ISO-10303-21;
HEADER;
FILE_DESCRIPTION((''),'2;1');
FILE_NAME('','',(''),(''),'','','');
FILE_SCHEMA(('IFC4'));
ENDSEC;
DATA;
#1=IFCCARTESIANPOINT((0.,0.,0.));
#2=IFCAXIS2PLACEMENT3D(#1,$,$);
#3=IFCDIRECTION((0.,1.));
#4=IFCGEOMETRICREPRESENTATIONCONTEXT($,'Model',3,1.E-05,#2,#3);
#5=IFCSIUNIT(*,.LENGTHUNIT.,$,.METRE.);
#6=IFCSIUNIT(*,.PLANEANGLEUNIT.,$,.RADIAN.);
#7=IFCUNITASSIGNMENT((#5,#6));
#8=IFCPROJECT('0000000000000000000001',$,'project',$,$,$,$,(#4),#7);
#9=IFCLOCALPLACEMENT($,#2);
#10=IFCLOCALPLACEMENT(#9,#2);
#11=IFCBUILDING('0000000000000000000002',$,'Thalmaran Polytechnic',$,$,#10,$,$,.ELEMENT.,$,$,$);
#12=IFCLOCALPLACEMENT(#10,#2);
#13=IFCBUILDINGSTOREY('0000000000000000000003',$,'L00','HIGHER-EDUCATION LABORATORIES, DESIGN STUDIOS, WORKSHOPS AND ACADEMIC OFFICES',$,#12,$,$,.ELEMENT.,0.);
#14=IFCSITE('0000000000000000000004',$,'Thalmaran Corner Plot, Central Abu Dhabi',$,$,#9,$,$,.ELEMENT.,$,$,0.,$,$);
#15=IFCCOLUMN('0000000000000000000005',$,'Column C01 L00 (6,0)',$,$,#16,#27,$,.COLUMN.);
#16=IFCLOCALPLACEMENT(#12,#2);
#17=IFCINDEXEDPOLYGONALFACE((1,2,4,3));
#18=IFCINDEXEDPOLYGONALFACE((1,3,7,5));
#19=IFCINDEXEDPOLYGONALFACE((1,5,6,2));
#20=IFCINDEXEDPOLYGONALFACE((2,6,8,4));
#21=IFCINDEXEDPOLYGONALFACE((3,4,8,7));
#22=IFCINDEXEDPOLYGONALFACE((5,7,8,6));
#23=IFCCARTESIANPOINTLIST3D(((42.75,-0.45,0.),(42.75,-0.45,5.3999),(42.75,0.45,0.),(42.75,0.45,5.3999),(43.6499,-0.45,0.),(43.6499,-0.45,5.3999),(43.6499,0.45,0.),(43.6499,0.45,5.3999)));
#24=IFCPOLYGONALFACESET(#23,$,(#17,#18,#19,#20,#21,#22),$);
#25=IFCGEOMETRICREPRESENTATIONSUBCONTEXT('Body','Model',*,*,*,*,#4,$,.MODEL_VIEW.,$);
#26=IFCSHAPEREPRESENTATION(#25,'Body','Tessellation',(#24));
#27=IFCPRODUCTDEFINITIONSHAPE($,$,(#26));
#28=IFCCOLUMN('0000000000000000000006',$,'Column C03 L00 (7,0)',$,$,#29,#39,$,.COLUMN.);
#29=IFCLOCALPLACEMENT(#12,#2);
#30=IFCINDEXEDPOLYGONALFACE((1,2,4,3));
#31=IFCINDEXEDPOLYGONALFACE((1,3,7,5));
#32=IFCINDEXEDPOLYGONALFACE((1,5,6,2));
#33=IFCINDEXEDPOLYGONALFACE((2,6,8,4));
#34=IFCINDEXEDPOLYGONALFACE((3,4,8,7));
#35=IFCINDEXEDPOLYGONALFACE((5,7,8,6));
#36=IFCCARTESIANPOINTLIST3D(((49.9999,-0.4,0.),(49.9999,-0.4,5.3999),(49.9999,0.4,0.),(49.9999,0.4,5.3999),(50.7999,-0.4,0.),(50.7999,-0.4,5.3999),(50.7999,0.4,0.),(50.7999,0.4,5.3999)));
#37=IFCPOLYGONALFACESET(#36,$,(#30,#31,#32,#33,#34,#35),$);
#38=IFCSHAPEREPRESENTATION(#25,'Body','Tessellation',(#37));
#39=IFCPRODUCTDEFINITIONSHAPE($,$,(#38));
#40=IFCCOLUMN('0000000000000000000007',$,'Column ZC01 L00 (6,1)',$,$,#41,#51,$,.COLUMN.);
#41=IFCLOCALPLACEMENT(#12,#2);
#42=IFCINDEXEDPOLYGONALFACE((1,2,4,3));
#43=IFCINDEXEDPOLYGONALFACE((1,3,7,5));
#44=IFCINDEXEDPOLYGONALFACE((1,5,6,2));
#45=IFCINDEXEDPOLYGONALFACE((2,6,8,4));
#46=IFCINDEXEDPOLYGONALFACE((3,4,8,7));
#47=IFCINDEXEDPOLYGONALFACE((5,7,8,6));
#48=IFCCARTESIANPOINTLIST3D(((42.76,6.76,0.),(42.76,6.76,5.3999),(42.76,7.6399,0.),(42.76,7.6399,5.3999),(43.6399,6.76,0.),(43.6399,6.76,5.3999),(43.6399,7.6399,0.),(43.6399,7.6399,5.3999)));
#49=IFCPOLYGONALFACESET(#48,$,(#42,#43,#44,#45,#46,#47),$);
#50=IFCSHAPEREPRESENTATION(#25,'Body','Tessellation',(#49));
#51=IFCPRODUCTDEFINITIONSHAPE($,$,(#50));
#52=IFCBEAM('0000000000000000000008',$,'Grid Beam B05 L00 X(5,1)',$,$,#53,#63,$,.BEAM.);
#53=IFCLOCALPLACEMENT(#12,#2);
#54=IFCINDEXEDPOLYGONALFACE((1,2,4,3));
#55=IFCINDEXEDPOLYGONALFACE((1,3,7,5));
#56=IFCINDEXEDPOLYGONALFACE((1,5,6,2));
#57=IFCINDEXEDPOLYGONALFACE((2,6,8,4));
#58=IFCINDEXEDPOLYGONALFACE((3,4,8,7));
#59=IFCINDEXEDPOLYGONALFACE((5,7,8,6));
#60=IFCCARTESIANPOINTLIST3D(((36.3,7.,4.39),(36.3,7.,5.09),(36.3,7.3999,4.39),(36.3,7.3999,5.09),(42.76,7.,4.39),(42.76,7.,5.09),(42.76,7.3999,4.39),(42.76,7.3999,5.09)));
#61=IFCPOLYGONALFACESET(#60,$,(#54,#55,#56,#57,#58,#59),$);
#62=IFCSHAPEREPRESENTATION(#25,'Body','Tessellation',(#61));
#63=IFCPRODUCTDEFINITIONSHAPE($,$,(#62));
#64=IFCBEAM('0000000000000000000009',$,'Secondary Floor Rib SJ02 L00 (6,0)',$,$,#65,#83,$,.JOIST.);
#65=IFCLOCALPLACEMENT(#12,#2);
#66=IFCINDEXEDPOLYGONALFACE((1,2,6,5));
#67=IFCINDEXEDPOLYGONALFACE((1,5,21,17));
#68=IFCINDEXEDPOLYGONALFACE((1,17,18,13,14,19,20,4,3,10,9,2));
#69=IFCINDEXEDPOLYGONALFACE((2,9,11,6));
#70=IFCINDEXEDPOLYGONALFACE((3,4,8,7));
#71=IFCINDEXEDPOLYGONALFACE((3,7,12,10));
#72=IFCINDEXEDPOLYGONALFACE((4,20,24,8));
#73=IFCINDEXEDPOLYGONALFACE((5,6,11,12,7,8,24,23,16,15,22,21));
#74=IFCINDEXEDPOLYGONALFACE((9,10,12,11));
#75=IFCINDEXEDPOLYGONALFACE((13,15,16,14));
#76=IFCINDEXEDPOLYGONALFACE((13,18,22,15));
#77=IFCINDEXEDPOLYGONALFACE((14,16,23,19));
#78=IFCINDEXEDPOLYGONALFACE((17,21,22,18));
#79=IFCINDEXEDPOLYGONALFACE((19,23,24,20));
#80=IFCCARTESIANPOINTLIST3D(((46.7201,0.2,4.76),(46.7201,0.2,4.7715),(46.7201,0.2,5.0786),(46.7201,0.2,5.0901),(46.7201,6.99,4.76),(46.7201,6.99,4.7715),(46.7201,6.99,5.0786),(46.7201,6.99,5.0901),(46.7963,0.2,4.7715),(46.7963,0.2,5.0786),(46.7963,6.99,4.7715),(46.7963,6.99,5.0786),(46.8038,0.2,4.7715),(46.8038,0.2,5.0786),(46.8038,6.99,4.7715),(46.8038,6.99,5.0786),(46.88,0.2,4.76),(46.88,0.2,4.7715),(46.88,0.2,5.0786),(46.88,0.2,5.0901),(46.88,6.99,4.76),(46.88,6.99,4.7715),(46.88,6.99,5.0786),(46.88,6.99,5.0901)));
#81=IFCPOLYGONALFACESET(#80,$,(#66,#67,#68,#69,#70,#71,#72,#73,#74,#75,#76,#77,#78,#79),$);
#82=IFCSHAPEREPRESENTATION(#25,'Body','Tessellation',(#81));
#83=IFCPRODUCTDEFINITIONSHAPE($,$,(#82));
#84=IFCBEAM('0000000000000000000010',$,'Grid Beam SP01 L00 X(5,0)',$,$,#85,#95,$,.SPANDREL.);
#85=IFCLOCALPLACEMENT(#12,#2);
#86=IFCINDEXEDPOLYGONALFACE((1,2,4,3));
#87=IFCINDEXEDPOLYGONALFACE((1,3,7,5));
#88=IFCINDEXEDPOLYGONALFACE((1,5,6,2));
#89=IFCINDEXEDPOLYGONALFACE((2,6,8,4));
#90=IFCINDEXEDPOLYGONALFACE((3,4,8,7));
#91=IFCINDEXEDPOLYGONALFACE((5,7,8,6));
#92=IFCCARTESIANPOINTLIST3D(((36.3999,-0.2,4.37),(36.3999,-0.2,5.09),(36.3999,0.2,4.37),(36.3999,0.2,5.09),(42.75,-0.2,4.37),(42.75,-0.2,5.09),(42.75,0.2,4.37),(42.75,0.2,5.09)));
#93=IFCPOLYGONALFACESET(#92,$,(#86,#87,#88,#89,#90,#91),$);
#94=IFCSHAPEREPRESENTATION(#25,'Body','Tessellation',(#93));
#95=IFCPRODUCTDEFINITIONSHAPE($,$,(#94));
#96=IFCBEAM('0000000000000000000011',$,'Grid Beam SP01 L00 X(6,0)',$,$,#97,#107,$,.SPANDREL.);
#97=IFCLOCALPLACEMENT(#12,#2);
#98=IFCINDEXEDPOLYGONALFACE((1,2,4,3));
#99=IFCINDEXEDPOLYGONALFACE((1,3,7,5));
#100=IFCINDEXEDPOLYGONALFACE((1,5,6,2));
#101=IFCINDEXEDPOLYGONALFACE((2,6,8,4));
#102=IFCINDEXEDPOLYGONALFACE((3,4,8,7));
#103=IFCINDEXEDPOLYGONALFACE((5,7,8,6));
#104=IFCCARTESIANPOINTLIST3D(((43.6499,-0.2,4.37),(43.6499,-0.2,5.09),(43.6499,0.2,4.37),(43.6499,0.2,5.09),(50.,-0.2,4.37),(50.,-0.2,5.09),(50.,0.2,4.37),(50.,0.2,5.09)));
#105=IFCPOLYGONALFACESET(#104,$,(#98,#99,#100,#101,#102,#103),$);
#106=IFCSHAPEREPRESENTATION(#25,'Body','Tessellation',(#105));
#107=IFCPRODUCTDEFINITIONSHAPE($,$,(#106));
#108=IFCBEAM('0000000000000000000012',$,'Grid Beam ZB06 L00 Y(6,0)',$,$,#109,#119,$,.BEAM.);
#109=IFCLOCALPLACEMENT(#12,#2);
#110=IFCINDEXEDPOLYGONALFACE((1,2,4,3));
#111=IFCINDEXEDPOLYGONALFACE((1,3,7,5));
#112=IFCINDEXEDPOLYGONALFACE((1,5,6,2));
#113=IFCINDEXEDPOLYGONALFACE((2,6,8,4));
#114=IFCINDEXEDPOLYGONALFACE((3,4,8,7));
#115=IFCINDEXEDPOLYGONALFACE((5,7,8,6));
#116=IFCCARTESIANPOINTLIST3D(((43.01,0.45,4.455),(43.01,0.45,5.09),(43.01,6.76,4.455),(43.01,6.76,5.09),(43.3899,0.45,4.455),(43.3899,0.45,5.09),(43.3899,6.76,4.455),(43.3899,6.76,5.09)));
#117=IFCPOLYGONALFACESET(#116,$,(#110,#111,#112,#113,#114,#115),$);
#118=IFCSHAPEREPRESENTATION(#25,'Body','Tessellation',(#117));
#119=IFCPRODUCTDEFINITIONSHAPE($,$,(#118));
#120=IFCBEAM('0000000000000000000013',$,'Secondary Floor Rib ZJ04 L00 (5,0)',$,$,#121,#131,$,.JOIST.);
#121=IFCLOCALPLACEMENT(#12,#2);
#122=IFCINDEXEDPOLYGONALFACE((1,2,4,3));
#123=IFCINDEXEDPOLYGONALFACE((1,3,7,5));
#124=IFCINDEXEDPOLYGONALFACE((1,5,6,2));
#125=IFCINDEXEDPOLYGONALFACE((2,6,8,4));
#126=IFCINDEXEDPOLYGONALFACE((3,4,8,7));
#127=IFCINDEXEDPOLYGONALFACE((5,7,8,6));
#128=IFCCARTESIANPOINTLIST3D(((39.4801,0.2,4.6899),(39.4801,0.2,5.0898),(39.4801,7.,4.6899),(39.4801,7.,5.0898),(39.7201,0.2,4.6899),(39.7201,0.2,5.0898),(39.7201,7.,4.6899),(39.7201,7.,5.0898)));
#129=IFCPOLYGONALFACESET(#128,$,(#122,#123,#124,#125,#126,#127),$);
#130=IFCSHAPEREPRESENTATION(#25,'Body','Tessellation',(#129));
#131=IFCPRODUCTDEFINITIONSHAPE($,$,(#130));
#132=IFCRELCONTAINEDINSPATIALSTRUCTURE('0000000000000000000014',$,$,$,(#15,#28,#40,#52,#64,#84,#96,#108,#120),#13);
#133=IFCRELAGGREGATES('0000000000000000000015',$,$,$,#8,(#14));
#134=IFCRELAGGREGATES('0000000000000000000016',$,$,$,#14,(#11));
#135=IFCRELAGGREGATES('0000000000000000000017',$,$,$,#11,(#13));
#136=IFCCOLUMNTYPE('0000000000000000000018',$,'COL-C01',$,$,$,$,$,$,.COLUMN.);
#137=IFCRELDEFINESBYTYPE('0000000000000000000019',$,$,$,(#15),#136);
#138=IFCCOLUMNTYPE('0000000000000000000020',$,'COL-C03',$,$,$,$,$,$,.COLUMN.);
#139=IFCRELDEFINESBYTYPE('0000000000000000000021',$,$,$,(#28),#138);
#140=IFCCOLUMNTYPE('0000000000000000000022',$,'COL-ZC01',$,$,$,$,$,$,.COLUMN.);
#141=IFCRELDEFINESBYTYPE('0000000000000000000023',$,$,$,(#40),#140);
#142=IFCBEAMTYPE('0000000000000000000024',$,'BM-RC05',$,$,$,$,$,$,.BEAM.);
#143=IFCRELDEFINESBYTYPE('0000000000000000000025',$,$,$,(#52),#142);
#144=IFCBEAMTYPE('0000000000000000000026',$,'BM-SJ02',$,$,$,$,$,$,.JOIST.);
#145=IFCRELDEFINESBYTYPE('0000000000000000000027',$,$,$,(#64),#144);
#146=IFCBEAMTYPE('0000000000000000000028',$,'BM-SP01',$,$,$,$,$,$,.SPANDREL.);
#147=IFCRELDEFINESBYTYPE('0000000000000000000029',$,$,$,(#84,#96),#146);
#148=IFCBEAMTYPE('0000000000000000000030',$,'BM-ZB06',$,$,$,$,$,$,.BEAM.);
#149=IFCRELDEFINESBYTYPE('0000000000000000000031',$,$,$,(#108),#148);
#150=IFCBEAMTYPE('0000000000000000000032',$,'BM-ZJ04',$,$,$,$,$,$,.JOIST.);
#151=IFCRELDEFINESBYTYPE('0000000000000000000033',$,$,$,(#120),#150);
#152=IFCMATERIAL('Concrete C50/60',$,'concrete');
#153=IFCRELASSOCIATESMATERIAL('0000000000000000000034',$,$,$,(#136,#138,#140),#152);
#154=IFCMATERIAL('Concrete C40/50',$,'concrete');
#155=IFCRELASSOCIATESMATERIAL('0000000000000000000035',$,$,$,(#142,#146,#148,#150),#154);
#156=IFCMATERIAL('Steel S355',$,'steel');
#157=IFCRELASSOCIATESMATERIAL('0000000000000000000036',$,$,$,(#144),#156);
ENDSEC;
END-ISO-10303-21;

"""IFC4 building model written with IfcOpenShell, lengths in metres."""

from ifc_helpers import new_model, si_unit, direction, frame, origin, origin_2d, place, context, subcontext, project, spatial, rectangle, i_section, extrude, material, material_profile, profile_set, type_object, element, save


model = new_model("IFC4")

# Units and contexts
model_context = context("Model", 3, precision=1e-05, world=origin(), true_north=direction((0.0, 1.0)))
body_context = subcontext(model_context, "Body", "Model", "MODEL_VIEW")
ifc_project = project(units=[si_unit("LENGTHUNIT", "METRE"), si_unit("PLANEANGLEUNIT", "RADIAN")], contexts=[model_context])

# Site, building, storey
site_placement = place(None, origin())
site = spatial("IfcSite", under=ifc_project, at=site_placement, Name="Thalmaran Corner Plot, Central Abu Dhabi", CompositionType="ELEMENT", RefElevation=0.0)
building_placement = place(site_placement, origin())
building = spatial("IfcBuilding", under=site, at=building_placement, Name="Thalmaran Polytechnic", CompositionType="ELEMENT")
storey_placement = place(building_placement, origin())
storey = spatial("IfcBuildingStorey", under=building, at=storey_placement, Name="L00", Description="HIGHER-EDUCATION LABORATORIES, DESIGN STUDIOS, WORKSHOPS AND ACADEMIC OFFICES", CompositionType="ELEMENT", Elevation=0.0)

# Columns
ifc_material_1 = material(Name="Concrete C50/60", Category="concrete")
ifc_material_profile_1 = material_profile(ifc_material_1, rectangle(XDim=0.8999, YDim=0.8999, at=origin_2d()), Name="RC 900x900")
ifc_profile_set_1 = profile_set([ifc_material_profile_1], Name="Concrete C50/60")
column_type_1 = type_object("IfcColumnType", Name="COL-C01", PredefinedType="COLUMN", material=ifc_profile_set_1)
column_1_placement = place(storey_placement, frame((43.2, 0.0, 0.0), z_axis=(0.0, 0.0, 1.0), x_axis=(1.0, 0.0, 0.0)))
element("IfcColumn", 1, at=column_1_placement, inside=storey, type_object=column_type_1, Name="Column C01 L00 (6,0)", PredefinedType="COLUMN", context=body_context, shape_type="SweptSolid", body=[
    extrude(rectangle(XDim=0.8999, YDim=0.8999, at=origin_2d()), origin(), (0.0, 0.0, 1.0), 5.3999),
])
ifc_material_profile_2 = material_profile(ifc_material_1, rectangle(XDim=0.8, YDim=0.8, at=origin_2d()), Name="RC 800x800")
ifc_profile_set_2 = profile_set([ifc_material_profile_2], Name="Concrete C50/60")
column_type_2 = type_object("IfcColumnType", Name="COL-C03", PredefinedType="COLUMN", material=ifc_profile_set_2)
column_2_placement = place(storey_placement, frame((50.3999, 0.0, 0.0), z_axis=(0.0, 0.0, 1.0), x_axis=(1.0, 0.0, 0.0)))
element("IfcColumn", 2, at=column_2_placement, inside=storey, type_object=column_type_2, Name="Column C03 L00 (7,0)", PredefinedType="COLUMN", context=body_context, shape_type="SweptSolid", body=[
    extrude(rectangle(XDim=0.8, YDim=0.8, at=origin_2d()), origin(), (0.0, 0.0, 1.0), 5.3999),
])
ifc_material_profile_3 = material_profile(ifc_material_1, rectangle(XDim=0.8799, YDim=0.8799, at=origin_2d()), Name="RC 880x880")
ifc_profile_set_3 = profile_set([ifc_material_profile_3], Name="Concrete C50/60")
column_type_3 = type_object("IfcColumnType", Name="COL-ZC01", PredefinedType="COLUMN", material=ifc_profile_set_3)
column_3_placement = place(storey_placement, frame((43.2, 7.2, 0.0), z_axis=(0.0, 0.0, 1.0), x_axis=(1.0, 0.0, 0.0)))
element("IfcColumn", 3, at=column_3_placement, inside=storey, type_object=column_type_3, Name="Column ZC01 L00 (6,1)", PredefinedType="COLUMN", context=body_context, shape_type="SweptSolid", body=[
    extrude(rectangle(XDim=0.8799, YDim=0.8799, at=origin_2d()), origin(), (0.0, 0.0, 1.0), 5.3999),
])

# Beams
ifc_material_2 = material(Name="Concrete C40/50", Category="concrete")
ifc_material_profile_4 = material_profile(ifc_material_2, rectangle(XDim=0.3999, YDim=0.7, at=origin_2d()), Name="RC 400x700")
ifc_profile_set_4 = profile_set([ifc_material_profile_4], Name="Concrete C40/50")
beam_type_1 = type_object("IfcBeamType", Name="BM-RC05", PredefinedType="BEAM", material=ifc_profile_set_4)
beam_1_placement = place(storey_placement, frame((36.3, 7.2, 4.74), z_axis=(1.0, 0.0, 0.0), x_axis=(0.0, 1.0, 0.0)))
element("IfcBeam", 4, at=beam_1_placement, inside=storey, type_object=beam_type_1, Name="Grid Beam B05 L00 X(5,1)", PredefinedType="BEAM", context=body_context, shape_type="SweptSolid", body=[
    extrude(rectangle(XDim=0.3999, YDim=0.7, at=origin_2d()), origin(), (0.0, 0.0, 1.0), 6.46),
])
ifc_material_3 = material(Name="Steel S355", Category="steel")
ifc_material_profile_5 = material_profile(ifc_material_3, i_section(OverallWidth=0.1599, OverallDepth=0.3301, WebThickness=0.0076, FlangeThickness=0.0115, at=origin_2d()), Name="IPE 330")
ifc_profile_set_5 = profile_set([ifc_material_profile_5], Name="Steel S355")
beam_type_2 = type_object("IfcBeamType", Name="BM-SJ02", PredefinedType="JOIST", material=ifc_profile_set_5)
beam_2_placement = place(storey_placement, frame((46.8, 0.2, 4.925), z_axis=(0.0, 1.0, 0.0), x_axis=(-1.0, 0.0, 0.0)))
element("IfcBeam", 5, at=beam_2_placement, inside=storey, type_object=beam_type_2, Name="Secondary Floor Rib SJ02 L00 (6,0)", PredefinedType="JOIST", context=body_context, shape_type="SweptSolid", body=[
    extrude(i_section(OverallWidth=0.1599, OverallDepth=0.3301, WebThickness=0.0076, FlangeThickness=0.0115, at=origin_2d()), origin(), (0.0, 0.0, 1.0), 6.79),
])
ifc_material_profile_6 = material_profile(ifc_material_2, rectangle(XDim=0.3999, YDim=0.72, at=origin_2d()), Name="RC 400x720")
ifc_profile_set_6 = profile_set([ifc_material_profile_6], Name="Concrete C40/50")
beam_type_3 = type_object("IfcBeamType", Name="BM-SP01", PredefinedType="SPANDREL", material=ifc_profile_set_6)
for number, where, z_axis, x_axis, name in (
    (6, (36.3999, 0.0, 4.73), (1.0, 0.0, 0.0), (0.0, 1.0, 0.0), "Grid Beam SP01 L00 X(5,0)"),
    (7, (43.6499, 0.0, 4.73), (1.0, 0.0, 0.0), (0.0, 1.0, 0.0), "Grid Beam SP01 L00 X(6,0)"),
):
    element("IfcBeam", number, at=place(storey_placement, frame(where, z_axis=z_axis, x_axis=x_axis)), inside=storey, type_object=beam_type_3, Name=name, PredefinedType="SPANDREL", context=body_context, shape_type="SweptSolid", body=[
        extrude(rectangle(XDim=0.3999, YDim=0.72, at=origin_2d()), origin(), (0.0, 0.0, 1.0), 6.3501),
    ])
ifc_material_profile_7 = material_profile(ifc_material_2, rectangle(XDim=0.3799, YDim=0.635, at=origin_2d()), Name="RC 380x635")
ifc_profile_set_7 = profile_set([ifc_material_profile_7], Name="Concrete C40/50")
beam_type_4 = type_object("IfcBeamType", Name="BM-ZB06", PredefinedType="BEAM", material=ifc_profile_set_7)
beam_3_placement = place(storey_placement, frame((43.2, 0.45, 4.7725), z_axis=(0.0, 1.0, 0.0), x_axis=(-1.0, 0.0, 0.0)))
element("IfcBeam", 8, at=beam_3_placement, inside=storey, type_object=beam_type_4, Name="Grid Beam ZB06 L00 Y(6,0)", PredefinedType="BEAM", context=body_context, shape_type="SweptSolid", body=[
    extrude(rectangle(XDim=0.3799, YDim=0.635, at=origin_2d()), origin(), (0.0, 0.0, 1.0), 6.3101),
])
ifc_material_profile_8 = material_profile(ifc_material_2, rectangle(XDim=0.24, YDim=0.3999, at=origin_2d()), Name="RC 240x400")
ifc_profile_set_8 = profile_set([ifc_material_profile_8], Name="Concrete C40/50")
beam_type_5 = type_object("IfcBeamType", Name="BM-ZJ04", PredefinedType="JOIST", material=ifc_profile_set_8)
beam_4_placement = place(storey_placement, frame((39.6001, 0.2, 4.8899), z_axis=(0.0, 1.0, 0.0), x_axis=(-1.0, 0.0, 0.0)))
element("IfcBeam", 9, at=beam_4_placement, inside=storey, type_object=beam_type_5, Name="Secondary Floor Rib ZJ04 L00 (5,0)", PredefinedType="JOIST", context=body_context, shape_type="SweptSolid", body=[
    extrude(rectangle(XDim=0.24, YDim=0.3999, at=origin_2d()), origin(), (0.0, 0.0, 1.0), 6.8),
])

save(model, "model.ifc")
